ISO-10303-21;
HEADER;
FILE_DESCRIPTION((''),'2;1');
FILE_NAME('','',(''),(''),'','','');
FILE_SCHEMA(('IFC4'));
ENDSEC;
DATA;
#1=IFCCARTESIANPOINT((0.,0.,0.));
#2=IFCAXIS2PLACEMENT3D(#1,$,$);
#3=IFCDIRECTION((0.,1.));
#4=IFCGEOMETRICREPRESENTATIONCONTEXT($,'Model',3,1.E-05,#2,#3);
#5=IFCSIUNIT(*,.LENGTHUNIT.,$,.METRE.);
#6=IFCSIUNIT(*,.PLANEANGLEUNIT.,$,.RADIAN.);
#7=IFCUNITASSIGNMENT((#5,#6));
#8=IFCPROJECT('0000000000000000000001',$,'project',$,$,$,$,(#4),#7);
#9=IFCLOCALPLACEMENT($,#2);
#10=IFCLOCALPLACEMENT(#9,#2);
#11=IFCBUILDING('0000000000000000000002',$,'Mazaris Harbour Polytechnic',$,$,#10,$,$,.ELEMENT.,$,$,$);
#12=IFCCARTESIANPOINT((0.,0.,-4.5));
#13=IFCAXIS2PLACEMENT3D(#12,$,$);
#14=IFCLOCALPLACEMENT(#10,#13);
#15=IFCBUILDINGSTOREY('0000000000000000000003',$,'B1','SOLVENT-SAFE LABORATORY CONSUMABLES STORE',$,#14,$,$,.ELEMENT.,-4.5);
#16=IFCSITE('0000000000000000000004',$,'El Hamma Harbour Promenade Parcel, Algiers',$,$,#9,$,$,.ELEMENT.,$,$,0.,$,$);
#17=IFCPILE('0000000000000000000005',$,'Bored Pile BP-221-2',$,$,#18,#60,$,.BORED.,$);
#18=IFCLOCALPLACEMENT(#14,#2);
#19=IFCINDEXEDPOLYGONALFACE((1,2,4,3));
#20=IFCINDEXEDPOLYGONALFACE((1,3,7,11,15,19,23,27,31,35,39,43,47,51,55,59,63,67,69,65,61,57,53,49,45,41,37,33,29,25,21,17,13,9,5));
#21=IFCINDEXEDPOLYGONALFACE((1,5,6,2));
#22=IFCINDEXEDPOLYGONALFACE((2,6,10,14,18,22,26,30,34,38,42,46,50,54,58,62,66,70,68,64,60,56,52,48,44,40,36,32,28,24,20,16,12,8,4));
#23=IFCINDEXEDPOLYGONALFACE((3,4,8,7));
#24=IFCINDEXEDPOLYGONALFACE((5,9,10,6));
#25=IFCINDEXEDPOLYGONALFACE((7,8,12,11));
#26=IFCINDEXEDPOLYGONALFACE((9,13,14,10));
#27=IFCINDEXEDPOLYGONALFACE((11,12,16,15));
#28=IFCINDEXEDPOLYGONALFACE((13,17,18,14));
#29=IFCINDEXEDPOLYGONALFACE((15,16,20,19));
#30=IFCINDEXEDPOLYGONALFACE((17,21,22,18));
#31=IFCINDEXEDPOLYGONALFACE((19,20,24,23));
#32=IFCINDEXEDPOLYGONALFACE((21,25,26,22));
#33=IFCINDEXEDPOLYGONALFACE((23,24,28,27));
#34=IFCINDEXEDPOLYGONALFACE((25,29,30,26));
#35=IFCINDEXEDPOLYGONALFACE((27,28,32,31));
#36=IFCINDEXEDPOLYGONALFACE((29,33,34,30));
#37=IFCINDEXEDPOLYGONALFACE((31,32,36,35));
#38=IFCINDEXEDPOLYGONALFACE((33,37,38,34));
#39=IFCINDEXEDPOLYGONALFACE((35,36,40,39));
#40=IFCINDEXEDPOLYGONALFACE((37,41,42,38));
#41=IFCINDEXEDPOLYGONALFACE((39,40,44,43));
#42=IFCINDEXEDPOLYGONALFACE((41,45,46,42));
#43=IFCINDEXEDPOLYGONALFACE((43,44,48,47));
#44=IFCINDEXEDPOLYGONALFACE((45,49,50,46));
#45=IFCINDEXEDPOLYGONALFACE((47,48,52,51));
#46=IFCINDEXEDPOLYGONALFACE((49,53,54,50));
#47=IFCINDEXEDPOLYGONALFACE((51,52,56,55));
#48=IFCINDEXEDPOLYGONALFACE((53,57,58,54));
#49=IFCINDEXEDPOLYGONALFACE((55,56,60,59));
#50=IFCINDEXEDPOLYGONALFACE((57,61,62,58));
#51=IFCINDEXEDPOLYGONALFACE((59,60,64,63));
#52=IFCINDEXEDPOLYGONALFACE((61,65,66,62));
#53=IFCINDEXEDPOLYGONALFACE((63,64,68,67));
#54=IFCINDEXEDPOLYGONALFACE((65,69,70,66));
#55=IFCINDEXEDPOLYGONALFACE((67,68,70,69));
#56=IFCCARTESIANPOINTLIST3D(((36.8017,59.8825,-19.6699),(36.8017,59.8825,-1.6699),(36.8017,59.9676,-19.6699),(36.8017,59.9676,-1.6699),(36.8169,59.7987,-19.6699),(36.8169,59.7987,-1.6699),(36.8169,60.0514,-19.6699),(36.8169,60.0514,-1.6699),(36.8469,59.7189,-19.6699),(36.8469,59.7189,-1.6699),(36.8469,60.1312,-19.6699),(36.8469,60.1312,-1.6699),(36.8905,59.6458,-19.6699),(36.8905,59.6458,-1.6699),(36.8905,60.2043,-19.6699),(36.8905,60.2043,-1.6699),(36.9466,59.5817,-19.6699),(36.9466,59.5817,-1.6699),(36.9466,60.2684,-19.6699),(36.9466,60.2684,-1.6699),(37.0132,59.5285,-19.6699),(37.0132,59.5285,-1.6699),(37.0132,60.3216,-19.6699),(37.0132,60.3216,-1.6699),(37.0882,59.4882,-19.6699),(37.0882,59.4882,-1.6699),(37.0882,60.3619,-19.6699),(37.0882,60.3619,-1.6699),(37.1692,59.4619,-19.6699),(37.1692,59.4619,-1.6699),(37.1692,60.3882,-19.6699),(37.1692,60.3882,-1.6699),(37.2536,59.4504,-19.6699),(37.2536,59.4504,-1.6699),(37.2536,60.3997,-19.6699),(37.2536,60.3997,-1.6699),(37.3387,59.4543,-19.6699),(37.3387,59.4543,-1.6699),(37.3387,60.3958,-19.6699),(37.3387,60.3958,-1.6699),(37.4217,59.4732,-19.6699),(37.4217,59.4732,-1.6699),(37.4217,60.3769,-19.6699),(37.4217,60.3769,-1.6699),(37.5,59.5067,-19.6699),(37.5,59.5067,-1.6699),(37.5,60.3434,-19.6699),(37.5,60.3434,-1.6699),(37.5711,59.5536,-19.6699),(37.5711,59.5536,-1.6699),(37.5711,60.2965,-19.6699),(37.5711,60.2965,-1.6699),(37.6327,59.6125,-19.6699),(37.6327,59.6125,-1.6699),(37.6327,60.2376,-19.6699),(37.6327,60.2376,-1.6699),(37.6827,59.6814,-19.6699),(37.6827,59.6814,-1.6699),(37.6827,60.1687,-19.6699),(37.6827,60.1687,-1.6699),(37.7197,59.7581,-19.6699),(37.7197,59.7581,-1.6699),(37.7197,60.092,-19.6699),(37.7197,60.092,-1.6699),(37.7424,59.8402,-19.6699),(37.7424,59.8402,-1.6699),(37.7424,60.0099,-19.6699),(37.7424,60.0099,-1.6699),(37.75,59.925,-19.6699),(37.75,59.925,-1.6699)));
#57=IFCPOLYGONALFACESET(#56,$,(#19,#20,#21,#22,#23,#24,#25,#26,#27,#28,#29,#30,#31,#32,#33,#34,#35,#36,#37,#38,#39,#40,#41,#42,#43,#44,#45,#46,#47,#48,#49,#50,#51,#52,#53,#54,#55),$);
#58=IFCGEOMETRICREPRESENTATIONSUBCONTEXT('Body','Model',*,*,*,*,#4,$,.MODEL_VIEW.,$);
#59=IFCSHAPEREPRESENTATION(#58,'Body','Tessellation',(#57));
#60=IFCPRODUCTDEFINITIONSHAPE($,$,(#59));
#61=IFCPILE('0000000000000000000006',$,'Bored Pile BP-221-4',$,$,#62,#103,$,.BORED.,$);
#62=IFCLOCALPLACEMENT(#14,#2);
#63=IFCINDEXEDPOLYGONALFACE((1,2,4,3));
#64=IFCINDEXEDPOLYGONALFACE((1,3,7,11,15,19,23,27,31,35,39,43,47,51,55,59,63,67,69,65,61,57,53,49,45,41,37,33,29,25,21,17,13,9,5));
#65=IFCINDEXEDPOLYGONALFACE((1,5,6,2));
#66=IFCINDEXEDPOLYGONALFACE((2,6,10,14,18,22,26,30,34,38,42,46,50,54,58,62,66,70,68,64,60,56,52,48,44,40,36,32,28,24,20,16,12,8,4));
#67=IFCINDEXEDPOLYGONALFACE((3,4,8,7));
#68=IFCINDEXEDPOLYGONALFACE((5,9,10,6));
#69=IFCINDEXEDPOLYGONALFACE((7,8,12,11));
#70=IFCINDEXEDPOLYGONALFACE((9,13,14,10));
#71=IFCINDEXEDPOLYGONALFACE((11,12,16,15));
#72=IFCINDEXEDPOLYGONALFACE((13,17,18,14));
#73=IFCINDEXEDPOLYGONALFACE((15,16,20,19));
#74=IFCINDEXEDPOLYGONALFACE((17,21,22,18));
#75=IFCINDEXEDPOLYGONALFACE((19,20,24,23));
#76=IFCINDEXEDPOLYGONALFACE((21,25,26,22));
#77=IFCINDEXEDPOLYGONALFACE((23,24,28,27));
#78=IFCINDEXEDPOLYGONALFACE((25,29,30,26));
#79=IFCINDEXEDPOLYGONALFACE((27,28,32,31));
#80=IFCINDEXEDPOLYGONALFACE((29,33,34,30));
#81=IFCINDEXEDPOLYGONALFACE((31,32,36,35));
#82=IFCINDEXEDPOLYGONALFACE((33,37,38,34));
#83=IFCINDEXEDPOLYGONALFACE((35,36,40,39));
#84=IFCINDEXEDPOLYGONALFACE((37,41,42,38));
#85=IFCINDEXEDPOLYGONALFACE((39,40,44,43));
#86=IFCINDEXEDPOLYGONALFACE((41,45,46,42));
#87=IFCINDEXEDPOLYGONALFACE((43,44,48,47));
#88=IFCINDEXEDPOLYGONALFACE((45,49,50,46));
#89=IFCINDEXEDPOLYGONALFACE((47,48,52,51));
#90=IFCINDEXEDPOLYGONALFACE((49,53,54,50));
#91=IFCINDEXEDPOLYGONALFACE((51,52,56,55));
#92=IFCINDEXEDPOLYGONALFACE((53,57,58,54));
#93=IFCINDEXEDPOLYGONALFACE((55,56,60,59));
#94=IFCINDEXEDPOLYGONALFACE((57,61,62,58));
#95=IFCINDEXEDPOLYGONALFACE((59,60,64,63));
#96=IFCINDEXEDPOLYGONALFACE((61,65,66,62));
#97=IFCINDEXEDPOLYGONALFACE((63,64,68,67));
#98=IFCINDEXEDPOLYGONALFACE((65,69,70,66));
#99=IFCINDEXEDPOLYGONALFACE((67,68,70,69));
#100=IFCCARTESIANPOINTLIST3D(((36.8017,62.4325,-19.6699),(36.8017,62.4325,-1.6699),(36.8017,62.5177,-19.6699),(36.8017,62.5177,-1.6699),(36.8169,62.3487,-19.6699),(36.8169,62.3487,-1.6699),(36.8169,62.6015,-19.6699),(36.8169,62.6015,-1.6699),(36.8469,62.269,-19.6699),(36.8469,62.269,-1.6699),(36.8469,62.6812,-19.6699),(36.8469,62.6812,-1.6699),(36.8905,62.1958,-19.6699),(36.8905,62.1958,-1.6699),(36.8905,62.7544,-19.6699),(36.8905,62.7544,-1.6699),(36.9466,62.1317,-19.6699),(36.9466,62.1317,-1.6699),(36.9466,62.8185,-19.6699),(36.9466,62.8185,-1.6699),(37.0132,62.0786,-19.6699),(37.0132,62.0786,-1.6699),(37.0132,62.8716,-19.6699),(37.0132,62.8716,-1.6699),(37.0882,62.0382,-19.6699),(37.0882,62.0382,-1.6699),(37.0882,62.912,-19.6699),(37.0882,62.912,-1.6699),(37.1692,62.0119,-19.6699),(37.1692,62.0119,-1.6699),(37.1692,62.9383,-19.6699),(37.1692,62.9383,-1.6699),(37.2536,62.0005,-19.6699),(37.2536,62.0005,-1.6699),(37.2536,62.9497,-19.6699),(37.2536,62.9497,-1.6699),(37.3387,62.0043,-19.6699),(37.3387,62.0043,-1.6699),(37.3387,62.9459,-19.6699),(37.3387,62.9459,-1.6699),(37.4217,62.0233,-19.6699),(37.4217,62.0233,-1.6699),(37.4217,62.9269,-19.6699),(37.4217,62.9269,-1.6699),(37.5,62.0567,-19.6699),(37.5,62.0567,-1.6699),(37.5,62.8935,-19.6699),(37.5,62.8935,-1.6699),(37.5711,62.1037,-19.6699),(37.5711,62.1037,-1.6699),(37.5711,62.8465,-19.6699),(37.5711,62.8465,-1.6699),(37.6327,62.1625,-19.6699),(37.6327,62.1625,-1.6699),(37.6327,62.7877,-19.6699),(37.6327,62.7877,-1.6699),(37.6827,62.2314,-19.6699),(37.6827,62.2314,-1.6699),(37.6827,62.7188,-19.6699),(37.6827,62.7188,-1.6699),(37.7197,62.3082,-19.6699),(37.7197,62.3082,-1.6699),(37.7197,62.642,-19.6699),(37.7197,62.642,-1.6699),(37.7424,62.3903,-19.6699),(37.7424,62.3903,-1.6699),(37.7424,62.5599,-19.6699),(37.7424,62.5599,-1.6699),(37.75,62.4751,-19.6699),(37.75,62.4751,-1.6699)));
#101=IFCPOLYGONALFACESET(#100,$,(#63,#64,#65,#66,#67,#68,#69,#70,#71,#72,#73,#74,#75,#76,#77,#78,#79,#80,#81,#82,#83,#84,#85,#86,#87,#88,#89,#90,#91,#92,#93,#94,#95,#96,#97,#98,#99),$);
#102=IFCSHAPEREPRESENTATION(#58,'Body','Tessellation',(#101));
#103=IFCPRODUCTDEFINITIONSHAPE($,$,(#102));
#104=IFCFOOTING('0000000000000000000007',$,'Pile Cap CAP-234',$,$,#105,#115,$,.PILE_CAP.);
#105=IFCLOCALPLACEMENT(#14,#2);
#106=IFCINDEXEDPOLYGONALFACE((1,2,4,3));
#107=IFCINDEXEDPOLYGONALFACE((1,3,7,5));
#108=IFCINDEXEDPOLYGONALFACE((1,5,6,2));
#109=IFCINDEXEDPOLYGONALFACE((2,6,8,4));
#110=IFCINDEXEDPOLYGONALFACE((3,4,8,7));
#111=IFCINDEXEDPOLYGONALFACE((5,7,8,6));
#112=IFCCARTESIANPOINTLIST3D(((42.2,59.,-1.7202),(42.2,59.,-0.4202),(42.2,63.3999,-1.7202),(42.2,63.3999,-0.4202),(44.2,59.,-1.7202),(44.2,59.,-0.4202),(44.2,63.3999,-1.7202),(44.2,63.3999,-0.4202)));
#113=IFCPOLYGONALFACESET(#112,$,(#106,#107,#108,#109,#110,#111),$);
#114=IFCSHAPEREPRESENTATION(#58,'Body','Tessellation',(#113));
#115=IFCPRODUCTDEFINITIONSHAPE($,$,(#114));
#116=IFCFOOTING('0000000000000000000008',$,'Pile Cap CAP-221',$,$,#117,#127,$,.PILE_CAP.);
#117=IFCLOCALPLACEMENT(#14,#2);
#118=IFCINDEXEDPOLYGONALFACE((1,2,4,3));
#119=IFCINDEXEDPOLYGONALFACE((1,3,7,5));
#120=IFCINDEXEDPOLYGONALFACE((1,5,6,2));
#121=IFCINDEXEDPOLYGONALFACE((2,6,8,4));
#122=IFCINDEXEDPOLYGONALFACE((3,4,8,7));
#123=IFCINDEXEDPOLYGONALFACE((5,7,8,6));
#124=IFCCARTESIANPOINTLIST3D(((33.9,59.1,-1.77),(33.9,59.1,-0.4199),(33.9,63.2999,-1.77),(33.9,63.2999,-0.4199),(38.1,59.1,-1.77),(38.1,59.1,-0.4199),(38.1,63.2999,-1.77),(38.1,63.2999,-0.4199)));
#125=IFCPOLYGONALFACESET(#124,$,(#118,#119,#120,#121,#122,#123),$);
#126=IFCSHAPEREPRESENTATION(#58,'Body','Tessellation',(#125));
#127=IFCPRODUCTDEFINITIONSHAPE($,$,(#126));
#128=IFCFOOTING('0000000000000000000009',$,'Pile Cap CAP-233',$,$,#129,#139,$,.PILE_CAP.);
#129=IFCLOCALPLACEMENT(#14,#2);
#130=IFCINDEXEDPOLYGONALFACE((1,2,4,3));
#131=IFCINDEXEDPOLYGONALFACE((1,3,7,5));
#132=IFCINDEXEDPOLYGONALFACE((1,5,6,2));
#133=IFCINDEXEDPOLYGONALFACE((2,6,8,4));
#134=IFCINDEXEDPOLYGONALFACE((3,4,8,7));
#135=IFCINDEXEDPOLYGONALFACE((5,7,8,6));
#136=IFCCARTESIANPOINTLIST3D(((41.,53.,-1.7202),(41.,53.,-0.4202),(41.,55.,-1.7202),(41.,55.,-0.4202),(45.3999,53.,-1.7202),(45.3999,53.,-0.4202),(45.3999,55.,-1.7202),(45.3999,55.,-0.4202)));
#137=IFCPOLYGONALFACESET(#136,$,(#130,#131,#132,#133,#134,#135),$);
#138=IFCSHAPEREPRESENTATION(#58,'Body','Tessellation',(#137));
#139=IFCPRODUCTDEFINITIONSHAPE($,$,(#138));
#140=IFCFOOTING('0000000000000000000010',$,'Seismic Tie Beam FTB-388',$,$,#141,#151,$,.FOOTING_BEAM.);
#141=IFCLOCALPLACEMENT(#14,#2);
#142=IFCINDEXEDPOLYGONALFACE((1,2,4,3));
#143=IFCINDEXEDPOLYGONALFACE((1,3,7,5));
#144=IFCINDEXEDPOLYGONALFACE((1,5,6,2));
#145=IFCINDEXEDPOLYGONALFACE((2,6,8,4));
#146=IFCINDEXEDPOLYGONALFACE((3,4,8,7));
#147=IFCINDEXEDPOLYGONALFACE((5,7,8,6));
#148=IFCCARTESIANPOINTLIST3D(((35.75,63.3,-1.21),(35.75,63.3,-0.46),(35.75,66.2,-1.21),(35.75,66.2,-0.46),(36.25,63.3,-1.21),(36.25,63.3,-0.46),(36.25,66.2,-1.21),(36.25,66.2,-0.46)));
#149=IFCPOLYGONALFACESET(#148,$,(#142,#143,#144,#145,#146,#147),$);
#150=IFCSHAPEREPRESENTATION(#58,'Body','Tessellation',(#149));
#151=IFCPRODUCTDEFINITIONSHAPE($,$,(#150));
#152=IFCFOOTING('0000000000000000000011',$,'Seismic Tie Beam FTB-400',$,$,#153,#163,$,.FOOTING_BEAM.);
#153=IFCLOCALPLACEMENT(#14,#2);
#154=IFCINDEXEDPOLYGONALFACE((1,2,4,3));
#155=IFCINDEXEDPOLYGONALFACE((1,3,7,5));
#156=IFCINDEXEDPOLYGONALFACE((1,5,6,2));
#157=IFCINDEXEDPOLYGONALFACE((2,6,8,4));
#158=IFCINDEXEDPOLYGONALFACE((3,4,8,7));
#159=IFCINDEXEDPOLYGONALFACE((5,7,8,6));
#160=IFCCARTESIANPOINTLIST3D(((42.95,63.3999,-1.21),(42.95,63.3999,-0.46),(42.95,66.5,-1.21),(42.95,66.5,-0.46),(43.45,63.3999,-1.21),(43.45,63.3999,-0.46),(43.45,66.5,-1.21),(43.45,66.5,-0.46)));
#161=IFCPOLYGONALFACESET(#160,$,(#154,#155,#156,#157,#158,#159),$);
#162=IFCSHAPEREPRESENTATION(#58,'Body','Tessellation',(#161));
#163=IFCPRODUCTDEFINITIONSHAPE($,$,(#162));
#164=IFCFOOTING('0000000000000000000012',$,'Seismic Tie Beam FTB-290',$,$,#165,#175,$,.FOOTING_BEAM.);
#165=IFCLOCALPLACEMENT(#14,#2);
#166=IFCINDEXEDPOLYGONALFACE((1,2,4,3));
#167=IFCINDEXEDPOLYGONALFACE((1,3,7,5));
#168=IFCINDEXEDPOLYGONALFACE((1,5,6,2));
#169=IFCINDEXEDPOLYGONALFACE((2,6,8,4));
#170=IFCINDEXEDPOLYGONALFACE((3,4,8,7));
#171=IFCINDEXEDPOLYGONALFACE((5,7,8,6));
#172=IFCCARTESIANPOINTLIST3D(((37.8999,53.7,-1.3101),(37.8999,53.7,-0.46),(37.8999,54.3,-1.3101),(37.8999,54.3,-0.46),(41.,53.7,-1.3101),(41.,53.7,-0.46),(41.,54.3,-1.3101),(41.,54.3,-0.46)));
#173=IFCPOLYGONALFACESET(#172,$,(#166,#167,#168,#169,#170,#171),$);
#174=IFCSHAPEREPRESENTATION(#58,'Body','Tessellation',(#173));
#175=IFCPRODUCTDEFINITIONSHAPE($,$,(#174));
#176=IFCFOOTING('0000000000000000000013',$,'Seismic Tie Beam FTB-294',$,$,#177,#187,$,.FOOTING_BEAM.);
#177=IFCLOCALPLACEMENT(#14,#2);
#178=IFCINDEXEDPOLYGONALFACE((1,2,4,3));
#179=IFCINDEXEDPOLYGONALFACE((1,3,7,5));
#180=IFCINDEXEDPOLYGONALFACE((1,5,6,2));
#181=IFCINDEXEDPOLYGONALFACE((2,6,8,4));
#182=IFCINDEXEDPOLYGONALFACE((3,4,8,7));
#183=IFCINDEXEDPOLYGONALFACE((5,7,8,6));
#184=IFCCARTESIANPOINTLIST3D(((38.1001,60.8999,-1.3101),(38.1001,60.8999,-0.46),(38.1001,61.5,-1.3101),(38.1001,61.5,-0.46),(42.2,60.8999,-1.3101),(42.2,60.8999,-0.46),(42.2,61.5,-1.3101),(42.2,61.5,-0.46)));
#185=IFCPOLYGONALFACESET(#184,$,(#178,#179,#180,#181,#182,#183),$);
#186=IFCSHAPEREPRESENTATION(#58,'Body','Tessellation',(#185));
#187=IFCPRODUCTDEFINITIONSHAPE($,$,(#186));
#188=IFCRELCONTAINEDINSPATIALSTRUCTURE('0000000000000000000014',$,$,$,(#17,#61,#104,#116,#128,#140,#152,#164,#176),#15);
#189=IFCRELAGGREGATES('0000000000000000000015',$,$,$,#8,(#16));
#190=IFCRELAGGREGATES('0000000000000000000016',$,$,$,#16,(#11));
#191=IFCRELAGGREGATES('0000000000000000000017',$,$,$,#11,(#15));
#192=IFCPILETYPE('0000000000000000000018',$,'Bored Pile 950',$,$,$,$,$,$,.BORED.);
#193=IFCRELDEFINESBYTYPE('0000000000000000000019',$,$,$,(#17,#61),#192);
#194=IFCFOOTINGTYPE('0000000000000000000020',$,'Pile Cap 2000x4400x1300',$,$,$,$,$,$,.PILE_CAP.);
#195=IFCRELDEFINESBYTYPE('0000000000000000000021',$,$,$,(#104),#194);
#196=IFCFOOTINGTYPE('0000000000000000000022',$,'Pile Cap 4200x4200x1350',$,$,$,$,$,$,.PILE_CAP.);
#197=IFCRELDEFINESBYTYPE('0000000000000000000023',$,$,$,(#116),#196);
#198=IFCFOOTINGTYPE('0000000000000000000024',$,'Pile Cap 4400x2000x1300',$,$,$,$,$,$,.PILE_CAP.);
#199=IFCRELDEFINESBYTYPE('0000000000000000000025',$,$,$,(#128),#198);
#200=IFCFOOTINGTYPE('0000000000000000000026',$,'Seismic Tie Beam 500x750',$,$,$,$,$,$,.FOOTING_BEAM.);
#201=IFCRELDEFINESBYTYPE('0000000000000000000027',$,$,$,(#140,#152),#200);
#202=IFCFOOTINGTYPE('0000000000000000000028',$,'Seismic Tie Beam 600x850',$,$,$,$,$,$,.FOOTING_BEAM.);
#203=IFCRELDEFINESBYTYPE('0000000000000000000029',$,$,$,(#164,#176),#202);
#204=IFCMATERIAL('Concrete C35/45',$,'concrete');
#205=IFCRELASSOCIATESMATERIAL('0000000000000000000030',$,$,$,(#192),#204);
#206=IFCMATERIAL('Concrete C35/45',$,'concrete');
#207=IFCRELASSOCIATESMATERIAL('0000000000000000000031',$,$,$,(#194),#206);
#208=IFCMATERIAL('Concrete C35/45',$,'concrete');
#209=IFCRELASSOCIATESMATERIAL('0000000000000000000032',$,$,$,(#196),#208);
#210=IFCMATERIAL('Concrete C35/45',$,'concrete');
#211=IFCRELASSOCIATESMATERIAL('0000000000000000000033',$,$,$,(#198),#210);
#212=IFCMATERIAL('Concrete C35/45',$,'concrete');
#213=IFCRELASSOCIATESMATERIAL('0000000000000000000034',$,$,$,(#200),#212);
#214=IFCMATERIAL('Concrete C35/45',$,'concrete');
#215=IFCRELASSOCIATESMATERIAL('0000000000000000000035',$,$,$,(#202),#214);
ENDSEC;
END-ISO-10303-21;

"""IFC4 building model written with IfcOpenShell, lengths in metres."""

from ifc_helpers import new_model, si_unit, direction, frame, origin, origin_2d, place, context, subcontext, project, spatial, rectangle, circle, extrude, material, material_profile, profile_set, type_object, element, save


model = new_model("IFC4")

# Units and contexts
model_context = context("Model", 3, precision=1e-05, world=origin(), true_north=direction((0.0, 1.0)))
body_context = subcontext(model_context, "Body", "Model", "MODEL_VIEW")
ifc_project = project(units=[si_unit("LENGTHUNIT", "METRE"), si_unit("PLANEANGLEUNIT", "RADIAN")], contexts=[model_context])

# Site, building, storey
site_placement = place(None, origin())
site = spatial("IfcSite", under=ifc_project, at=site_placement, Name="El Hamma Harbour Promenade Parcel, Algiers", CompositionType="ELEMENT", RefElevation=0.0)
building_placement = place(site_placement, origin())
building = spatial("IfcBuilding", under=site, at=building_placement, Name="Mazaris Harbour Polytechnic", CompositionType="ELEMENT")
storey_placement = place(building_placement, frame((0.0, 0.0, -4.5)))
storey = spatial("IfcBuildingStorey", under=building, at=storey_placement, Name="B1", Description="SOLVENT-SAFE LABORATORY CONSUMABLES STORE", CompositionType="ELEMENT", Elevation=-4.5)

# Piles
ifc_material_1 = material(Name="Concrete C35/45", Category="concrete")
ifc_material_profile_1 = material_profile(ifc_material_1, circle(Radius=0.4751, at=origin_2d()), Name="DIA950")
ifc_profile_set_1 = profile_set([ifc_material_profile_1], Name="Concrete C35/45")
pile_type_1 = type_object("IfcPileType", Name="Bored Pile 950", PredefinedType="BORED", material=ifc_profile_set_1)
for number, where, z_axis, x_axis, name in (
    (1, (37.2749, 59.925, -1.6699), (0.0, 0.0, -1.0), (1.0, 0.0, 0.0), "Bored Pile BP-221-2"),
    (2, (37.2749, 62.4751, -1.6699), (0.0, 0.0, -1.0), (1.0, 0.0, 0.0), "Bored Pile BP-221-4"),
):
    element("IfcPile", number, at=place(storey_placement, frame(where, z_axis=z_axis, x_axis=x_axis)), inside=storey, type_object=pile_type_1, Name=name, PredefinedType="BORED", context=body_context, shape_type="SweptSolid", body=[
        extrude(circle(Radius=0.4751, at=origin_2d()), origin(), (0.0, 0.0, 1.0), 18.0),
    ])

# Footings
ifc_material_2 = material(Name="Concrete C35/45", Category="concrete")
footing_type_1 = type_object("IfcFootingType", Name="Pile Cap 2000x4400x1300", PredefinedType="PILE_CAP", material=ifc_material_2)
footing_1_placement = place(storey_placement, frame((43.2, 61.2, -1.7202), z_axis=(0.0, 0.0, 1.0), x_axis=(1.0, 0.0, 0.0)))
element("IfcFooting", 3, at=footing_1_placement, inside=storey, type_object=footing_type_1, Name="Pile Cap CAP-234", PredefinedType="PILE_CAP", context=body_context, shape_type="SweptSolid", body=[
    extrude(rectangle(XDim=2.0, YDim=4.3999, at=origin_2d()), origin(), (0.0, 0.0, 1.0), 1.3),
])
ifc_material_3 = material(Name="Concrete C35/45", Category="concrete")
footing_type_2 = type_object("IfcFootingType", Name="Pile Cap 4200x4200x1350", PredefinedType="PILE_CAP", material=ifc_material_3)
footing_2_placement = place(storey_placement, frame((36.0, 61.2, -1.77), z_axis=(0.0, 0.0, 1.0), x_axis=(1.0, 0.0, 0.0)))
element("IfcFooting", 4, at=footing_2_placement, inside=storey, type_object=footing_type_2, Name="Pile Cap CAP-221", PredefinedType="PILE_CAP", context=body_context, shape_type="SweptSolid", body=[
    extrude(rectangle(XDim=4.2, YDim=4.2, at=origin_2d()), origin(), (0.0, 0.0, 1.0), 1.3501),
])
ifc_material_4 = material(Name="Concrete C35/45", Category="concrete")
footing_type_3 = type_object("IfcFootingType", Name="Pile Cap 4400x2000x1300", PredefinedType="PILE_CAP", material=ifc_material_4)
footing_3_placement = place(storey_placement, frame((43.2, 54.0, -1.7202), z_axis=(0.0, 0.0, 1.0), x_axis=(1.0, 0.0, 0.0)))
element("IfcFooting", 5, at=footing_3_placement, inside=storey, type_object=footing_type_3, Name="Pile Cap CAP-233", PredefinedType="PILE_CAP", context=body_context, shape_type="SweptSolid", body=[
    extrude(rectangle(XDim=4.3999, YDim=2.0, at=origin_2d()), origin(), (0.0, 0.0, 1.0), 1.3),
])
ifc_material_5 = material(Name="Concrete C35/45", Category="concrete")
ifc_material_profile_2 = material_profile(ifc_material_5, rectangle(XDim=0.5, YDim=0.75, at=origin_2d()), Name="RECT500x750")
ifc_profile_set_2 = profile_set([ifc_material_profile_2], Name="Concrete C35/45")
footing_type_4 = type_object("IfcFootingType", Name="Seismic Tie Beam 500x750", PredefinedType="FOOTING_BEAM", material=ifc_profile_set_2)
footing_4_placement = place(storey_placement, frame((36.0, 63.3, -0.835), z_axis=(0.0, 1.0, 0.0), x_axis=(-1.0, 0.0, 0.0)))
element("IfcFooting", 6, at=footing_4_placement, inside=storey, type_object=footing_type_4, Name="Seismic Tie Beam FTB-388", PredefinedType="FOOTING_BEAM", context=body_context, shape_type="SweptSolid", body=[
    extrude(rectangle(XDim=0.5, YDim=0.75, at=origin_2d()), origin(), (0.0, 0.0, 1.0), 2.8999),
])
footing_5_placement = place(storey_placement, frame((43.2, 63.3999, -0.835), z_axis=(0.0, 1.0, 0.0), x_axis=(-1.0, 0.0, 0.0)))
element("IfcFooting", 7, at=footing_5_placement, inside=storey, type_object=footing_type_4, Name="Seismic Tie Beam FTB-400", PredefinedType="FOOTING_BEAM", context=body_context, shape_type="SweptSolid", body=[
    extrude(rectangle(XDim=0.5, YDim=0.75, at=origin_2d()), origin(), (0.0, 0.0, 1.0), 3.1001),
])
ifc_material_6 = material(Name="Concrete C35/45", Category="concrete")
ifc_material_profile_3 = material_profile(ifc_material_6, rectangle(XDim=0.6001, YDim=0.8501, at=origin_2d()), Name="RECT600x850")
ifc_profile_set_3 = profile_set([ifc_material_profile_3], Name="Concrete C35/45")
footing_type_5 = type_object("IfcFootingType", Name="Seismic Tie Beam 600x850", PredefinedType="FOOTING_BEAM", material=ifc_profile_set_3)
footing_6_placement = place(storey_placement, frame((37.8999, 54.0, -0.885), z_axis=(1.0, 0.0, 0.0), x_axis=(0.0, 1.0, 0.0)))
element("IfcFooting", 8, at=footing_6_placement, inside=storey, type_object=footing_type_5, Name="Seismic Tie Beam FTB-290", PredefinedType="FOOTING_BEAM", context=body_context, shape_type="SweptSolid", body=[
    extrude(rectangle(XDim=0.6001, YDim=0.8501, at=origin_2d()), origin(), (0.0, 0.0, 1.0), 3.1001),
])
footing_7_placement = place(storey_placement, frame((38.1001, 61.2, -0.885), z_axis=(1.0, 0.0, 0.0), x_axis=(0.0, 1.0, 0.0)))
element("IfcFooting", 9, at=footing_7_placement, inside=storey, type_object=footing_type_5, Name="Seismic Tie Beam FTB-294", PredefinedType="FOOTING_BEAM", context=body_context, shape_type="SweptSolid", body=[
    extrude(rectangle(XDim=0.6001, YDim=0.8501, at=origin_2d()), origin(), (0.0, 0.0, 1.0), 4.0999),
])

save(model, "model.ifc")
